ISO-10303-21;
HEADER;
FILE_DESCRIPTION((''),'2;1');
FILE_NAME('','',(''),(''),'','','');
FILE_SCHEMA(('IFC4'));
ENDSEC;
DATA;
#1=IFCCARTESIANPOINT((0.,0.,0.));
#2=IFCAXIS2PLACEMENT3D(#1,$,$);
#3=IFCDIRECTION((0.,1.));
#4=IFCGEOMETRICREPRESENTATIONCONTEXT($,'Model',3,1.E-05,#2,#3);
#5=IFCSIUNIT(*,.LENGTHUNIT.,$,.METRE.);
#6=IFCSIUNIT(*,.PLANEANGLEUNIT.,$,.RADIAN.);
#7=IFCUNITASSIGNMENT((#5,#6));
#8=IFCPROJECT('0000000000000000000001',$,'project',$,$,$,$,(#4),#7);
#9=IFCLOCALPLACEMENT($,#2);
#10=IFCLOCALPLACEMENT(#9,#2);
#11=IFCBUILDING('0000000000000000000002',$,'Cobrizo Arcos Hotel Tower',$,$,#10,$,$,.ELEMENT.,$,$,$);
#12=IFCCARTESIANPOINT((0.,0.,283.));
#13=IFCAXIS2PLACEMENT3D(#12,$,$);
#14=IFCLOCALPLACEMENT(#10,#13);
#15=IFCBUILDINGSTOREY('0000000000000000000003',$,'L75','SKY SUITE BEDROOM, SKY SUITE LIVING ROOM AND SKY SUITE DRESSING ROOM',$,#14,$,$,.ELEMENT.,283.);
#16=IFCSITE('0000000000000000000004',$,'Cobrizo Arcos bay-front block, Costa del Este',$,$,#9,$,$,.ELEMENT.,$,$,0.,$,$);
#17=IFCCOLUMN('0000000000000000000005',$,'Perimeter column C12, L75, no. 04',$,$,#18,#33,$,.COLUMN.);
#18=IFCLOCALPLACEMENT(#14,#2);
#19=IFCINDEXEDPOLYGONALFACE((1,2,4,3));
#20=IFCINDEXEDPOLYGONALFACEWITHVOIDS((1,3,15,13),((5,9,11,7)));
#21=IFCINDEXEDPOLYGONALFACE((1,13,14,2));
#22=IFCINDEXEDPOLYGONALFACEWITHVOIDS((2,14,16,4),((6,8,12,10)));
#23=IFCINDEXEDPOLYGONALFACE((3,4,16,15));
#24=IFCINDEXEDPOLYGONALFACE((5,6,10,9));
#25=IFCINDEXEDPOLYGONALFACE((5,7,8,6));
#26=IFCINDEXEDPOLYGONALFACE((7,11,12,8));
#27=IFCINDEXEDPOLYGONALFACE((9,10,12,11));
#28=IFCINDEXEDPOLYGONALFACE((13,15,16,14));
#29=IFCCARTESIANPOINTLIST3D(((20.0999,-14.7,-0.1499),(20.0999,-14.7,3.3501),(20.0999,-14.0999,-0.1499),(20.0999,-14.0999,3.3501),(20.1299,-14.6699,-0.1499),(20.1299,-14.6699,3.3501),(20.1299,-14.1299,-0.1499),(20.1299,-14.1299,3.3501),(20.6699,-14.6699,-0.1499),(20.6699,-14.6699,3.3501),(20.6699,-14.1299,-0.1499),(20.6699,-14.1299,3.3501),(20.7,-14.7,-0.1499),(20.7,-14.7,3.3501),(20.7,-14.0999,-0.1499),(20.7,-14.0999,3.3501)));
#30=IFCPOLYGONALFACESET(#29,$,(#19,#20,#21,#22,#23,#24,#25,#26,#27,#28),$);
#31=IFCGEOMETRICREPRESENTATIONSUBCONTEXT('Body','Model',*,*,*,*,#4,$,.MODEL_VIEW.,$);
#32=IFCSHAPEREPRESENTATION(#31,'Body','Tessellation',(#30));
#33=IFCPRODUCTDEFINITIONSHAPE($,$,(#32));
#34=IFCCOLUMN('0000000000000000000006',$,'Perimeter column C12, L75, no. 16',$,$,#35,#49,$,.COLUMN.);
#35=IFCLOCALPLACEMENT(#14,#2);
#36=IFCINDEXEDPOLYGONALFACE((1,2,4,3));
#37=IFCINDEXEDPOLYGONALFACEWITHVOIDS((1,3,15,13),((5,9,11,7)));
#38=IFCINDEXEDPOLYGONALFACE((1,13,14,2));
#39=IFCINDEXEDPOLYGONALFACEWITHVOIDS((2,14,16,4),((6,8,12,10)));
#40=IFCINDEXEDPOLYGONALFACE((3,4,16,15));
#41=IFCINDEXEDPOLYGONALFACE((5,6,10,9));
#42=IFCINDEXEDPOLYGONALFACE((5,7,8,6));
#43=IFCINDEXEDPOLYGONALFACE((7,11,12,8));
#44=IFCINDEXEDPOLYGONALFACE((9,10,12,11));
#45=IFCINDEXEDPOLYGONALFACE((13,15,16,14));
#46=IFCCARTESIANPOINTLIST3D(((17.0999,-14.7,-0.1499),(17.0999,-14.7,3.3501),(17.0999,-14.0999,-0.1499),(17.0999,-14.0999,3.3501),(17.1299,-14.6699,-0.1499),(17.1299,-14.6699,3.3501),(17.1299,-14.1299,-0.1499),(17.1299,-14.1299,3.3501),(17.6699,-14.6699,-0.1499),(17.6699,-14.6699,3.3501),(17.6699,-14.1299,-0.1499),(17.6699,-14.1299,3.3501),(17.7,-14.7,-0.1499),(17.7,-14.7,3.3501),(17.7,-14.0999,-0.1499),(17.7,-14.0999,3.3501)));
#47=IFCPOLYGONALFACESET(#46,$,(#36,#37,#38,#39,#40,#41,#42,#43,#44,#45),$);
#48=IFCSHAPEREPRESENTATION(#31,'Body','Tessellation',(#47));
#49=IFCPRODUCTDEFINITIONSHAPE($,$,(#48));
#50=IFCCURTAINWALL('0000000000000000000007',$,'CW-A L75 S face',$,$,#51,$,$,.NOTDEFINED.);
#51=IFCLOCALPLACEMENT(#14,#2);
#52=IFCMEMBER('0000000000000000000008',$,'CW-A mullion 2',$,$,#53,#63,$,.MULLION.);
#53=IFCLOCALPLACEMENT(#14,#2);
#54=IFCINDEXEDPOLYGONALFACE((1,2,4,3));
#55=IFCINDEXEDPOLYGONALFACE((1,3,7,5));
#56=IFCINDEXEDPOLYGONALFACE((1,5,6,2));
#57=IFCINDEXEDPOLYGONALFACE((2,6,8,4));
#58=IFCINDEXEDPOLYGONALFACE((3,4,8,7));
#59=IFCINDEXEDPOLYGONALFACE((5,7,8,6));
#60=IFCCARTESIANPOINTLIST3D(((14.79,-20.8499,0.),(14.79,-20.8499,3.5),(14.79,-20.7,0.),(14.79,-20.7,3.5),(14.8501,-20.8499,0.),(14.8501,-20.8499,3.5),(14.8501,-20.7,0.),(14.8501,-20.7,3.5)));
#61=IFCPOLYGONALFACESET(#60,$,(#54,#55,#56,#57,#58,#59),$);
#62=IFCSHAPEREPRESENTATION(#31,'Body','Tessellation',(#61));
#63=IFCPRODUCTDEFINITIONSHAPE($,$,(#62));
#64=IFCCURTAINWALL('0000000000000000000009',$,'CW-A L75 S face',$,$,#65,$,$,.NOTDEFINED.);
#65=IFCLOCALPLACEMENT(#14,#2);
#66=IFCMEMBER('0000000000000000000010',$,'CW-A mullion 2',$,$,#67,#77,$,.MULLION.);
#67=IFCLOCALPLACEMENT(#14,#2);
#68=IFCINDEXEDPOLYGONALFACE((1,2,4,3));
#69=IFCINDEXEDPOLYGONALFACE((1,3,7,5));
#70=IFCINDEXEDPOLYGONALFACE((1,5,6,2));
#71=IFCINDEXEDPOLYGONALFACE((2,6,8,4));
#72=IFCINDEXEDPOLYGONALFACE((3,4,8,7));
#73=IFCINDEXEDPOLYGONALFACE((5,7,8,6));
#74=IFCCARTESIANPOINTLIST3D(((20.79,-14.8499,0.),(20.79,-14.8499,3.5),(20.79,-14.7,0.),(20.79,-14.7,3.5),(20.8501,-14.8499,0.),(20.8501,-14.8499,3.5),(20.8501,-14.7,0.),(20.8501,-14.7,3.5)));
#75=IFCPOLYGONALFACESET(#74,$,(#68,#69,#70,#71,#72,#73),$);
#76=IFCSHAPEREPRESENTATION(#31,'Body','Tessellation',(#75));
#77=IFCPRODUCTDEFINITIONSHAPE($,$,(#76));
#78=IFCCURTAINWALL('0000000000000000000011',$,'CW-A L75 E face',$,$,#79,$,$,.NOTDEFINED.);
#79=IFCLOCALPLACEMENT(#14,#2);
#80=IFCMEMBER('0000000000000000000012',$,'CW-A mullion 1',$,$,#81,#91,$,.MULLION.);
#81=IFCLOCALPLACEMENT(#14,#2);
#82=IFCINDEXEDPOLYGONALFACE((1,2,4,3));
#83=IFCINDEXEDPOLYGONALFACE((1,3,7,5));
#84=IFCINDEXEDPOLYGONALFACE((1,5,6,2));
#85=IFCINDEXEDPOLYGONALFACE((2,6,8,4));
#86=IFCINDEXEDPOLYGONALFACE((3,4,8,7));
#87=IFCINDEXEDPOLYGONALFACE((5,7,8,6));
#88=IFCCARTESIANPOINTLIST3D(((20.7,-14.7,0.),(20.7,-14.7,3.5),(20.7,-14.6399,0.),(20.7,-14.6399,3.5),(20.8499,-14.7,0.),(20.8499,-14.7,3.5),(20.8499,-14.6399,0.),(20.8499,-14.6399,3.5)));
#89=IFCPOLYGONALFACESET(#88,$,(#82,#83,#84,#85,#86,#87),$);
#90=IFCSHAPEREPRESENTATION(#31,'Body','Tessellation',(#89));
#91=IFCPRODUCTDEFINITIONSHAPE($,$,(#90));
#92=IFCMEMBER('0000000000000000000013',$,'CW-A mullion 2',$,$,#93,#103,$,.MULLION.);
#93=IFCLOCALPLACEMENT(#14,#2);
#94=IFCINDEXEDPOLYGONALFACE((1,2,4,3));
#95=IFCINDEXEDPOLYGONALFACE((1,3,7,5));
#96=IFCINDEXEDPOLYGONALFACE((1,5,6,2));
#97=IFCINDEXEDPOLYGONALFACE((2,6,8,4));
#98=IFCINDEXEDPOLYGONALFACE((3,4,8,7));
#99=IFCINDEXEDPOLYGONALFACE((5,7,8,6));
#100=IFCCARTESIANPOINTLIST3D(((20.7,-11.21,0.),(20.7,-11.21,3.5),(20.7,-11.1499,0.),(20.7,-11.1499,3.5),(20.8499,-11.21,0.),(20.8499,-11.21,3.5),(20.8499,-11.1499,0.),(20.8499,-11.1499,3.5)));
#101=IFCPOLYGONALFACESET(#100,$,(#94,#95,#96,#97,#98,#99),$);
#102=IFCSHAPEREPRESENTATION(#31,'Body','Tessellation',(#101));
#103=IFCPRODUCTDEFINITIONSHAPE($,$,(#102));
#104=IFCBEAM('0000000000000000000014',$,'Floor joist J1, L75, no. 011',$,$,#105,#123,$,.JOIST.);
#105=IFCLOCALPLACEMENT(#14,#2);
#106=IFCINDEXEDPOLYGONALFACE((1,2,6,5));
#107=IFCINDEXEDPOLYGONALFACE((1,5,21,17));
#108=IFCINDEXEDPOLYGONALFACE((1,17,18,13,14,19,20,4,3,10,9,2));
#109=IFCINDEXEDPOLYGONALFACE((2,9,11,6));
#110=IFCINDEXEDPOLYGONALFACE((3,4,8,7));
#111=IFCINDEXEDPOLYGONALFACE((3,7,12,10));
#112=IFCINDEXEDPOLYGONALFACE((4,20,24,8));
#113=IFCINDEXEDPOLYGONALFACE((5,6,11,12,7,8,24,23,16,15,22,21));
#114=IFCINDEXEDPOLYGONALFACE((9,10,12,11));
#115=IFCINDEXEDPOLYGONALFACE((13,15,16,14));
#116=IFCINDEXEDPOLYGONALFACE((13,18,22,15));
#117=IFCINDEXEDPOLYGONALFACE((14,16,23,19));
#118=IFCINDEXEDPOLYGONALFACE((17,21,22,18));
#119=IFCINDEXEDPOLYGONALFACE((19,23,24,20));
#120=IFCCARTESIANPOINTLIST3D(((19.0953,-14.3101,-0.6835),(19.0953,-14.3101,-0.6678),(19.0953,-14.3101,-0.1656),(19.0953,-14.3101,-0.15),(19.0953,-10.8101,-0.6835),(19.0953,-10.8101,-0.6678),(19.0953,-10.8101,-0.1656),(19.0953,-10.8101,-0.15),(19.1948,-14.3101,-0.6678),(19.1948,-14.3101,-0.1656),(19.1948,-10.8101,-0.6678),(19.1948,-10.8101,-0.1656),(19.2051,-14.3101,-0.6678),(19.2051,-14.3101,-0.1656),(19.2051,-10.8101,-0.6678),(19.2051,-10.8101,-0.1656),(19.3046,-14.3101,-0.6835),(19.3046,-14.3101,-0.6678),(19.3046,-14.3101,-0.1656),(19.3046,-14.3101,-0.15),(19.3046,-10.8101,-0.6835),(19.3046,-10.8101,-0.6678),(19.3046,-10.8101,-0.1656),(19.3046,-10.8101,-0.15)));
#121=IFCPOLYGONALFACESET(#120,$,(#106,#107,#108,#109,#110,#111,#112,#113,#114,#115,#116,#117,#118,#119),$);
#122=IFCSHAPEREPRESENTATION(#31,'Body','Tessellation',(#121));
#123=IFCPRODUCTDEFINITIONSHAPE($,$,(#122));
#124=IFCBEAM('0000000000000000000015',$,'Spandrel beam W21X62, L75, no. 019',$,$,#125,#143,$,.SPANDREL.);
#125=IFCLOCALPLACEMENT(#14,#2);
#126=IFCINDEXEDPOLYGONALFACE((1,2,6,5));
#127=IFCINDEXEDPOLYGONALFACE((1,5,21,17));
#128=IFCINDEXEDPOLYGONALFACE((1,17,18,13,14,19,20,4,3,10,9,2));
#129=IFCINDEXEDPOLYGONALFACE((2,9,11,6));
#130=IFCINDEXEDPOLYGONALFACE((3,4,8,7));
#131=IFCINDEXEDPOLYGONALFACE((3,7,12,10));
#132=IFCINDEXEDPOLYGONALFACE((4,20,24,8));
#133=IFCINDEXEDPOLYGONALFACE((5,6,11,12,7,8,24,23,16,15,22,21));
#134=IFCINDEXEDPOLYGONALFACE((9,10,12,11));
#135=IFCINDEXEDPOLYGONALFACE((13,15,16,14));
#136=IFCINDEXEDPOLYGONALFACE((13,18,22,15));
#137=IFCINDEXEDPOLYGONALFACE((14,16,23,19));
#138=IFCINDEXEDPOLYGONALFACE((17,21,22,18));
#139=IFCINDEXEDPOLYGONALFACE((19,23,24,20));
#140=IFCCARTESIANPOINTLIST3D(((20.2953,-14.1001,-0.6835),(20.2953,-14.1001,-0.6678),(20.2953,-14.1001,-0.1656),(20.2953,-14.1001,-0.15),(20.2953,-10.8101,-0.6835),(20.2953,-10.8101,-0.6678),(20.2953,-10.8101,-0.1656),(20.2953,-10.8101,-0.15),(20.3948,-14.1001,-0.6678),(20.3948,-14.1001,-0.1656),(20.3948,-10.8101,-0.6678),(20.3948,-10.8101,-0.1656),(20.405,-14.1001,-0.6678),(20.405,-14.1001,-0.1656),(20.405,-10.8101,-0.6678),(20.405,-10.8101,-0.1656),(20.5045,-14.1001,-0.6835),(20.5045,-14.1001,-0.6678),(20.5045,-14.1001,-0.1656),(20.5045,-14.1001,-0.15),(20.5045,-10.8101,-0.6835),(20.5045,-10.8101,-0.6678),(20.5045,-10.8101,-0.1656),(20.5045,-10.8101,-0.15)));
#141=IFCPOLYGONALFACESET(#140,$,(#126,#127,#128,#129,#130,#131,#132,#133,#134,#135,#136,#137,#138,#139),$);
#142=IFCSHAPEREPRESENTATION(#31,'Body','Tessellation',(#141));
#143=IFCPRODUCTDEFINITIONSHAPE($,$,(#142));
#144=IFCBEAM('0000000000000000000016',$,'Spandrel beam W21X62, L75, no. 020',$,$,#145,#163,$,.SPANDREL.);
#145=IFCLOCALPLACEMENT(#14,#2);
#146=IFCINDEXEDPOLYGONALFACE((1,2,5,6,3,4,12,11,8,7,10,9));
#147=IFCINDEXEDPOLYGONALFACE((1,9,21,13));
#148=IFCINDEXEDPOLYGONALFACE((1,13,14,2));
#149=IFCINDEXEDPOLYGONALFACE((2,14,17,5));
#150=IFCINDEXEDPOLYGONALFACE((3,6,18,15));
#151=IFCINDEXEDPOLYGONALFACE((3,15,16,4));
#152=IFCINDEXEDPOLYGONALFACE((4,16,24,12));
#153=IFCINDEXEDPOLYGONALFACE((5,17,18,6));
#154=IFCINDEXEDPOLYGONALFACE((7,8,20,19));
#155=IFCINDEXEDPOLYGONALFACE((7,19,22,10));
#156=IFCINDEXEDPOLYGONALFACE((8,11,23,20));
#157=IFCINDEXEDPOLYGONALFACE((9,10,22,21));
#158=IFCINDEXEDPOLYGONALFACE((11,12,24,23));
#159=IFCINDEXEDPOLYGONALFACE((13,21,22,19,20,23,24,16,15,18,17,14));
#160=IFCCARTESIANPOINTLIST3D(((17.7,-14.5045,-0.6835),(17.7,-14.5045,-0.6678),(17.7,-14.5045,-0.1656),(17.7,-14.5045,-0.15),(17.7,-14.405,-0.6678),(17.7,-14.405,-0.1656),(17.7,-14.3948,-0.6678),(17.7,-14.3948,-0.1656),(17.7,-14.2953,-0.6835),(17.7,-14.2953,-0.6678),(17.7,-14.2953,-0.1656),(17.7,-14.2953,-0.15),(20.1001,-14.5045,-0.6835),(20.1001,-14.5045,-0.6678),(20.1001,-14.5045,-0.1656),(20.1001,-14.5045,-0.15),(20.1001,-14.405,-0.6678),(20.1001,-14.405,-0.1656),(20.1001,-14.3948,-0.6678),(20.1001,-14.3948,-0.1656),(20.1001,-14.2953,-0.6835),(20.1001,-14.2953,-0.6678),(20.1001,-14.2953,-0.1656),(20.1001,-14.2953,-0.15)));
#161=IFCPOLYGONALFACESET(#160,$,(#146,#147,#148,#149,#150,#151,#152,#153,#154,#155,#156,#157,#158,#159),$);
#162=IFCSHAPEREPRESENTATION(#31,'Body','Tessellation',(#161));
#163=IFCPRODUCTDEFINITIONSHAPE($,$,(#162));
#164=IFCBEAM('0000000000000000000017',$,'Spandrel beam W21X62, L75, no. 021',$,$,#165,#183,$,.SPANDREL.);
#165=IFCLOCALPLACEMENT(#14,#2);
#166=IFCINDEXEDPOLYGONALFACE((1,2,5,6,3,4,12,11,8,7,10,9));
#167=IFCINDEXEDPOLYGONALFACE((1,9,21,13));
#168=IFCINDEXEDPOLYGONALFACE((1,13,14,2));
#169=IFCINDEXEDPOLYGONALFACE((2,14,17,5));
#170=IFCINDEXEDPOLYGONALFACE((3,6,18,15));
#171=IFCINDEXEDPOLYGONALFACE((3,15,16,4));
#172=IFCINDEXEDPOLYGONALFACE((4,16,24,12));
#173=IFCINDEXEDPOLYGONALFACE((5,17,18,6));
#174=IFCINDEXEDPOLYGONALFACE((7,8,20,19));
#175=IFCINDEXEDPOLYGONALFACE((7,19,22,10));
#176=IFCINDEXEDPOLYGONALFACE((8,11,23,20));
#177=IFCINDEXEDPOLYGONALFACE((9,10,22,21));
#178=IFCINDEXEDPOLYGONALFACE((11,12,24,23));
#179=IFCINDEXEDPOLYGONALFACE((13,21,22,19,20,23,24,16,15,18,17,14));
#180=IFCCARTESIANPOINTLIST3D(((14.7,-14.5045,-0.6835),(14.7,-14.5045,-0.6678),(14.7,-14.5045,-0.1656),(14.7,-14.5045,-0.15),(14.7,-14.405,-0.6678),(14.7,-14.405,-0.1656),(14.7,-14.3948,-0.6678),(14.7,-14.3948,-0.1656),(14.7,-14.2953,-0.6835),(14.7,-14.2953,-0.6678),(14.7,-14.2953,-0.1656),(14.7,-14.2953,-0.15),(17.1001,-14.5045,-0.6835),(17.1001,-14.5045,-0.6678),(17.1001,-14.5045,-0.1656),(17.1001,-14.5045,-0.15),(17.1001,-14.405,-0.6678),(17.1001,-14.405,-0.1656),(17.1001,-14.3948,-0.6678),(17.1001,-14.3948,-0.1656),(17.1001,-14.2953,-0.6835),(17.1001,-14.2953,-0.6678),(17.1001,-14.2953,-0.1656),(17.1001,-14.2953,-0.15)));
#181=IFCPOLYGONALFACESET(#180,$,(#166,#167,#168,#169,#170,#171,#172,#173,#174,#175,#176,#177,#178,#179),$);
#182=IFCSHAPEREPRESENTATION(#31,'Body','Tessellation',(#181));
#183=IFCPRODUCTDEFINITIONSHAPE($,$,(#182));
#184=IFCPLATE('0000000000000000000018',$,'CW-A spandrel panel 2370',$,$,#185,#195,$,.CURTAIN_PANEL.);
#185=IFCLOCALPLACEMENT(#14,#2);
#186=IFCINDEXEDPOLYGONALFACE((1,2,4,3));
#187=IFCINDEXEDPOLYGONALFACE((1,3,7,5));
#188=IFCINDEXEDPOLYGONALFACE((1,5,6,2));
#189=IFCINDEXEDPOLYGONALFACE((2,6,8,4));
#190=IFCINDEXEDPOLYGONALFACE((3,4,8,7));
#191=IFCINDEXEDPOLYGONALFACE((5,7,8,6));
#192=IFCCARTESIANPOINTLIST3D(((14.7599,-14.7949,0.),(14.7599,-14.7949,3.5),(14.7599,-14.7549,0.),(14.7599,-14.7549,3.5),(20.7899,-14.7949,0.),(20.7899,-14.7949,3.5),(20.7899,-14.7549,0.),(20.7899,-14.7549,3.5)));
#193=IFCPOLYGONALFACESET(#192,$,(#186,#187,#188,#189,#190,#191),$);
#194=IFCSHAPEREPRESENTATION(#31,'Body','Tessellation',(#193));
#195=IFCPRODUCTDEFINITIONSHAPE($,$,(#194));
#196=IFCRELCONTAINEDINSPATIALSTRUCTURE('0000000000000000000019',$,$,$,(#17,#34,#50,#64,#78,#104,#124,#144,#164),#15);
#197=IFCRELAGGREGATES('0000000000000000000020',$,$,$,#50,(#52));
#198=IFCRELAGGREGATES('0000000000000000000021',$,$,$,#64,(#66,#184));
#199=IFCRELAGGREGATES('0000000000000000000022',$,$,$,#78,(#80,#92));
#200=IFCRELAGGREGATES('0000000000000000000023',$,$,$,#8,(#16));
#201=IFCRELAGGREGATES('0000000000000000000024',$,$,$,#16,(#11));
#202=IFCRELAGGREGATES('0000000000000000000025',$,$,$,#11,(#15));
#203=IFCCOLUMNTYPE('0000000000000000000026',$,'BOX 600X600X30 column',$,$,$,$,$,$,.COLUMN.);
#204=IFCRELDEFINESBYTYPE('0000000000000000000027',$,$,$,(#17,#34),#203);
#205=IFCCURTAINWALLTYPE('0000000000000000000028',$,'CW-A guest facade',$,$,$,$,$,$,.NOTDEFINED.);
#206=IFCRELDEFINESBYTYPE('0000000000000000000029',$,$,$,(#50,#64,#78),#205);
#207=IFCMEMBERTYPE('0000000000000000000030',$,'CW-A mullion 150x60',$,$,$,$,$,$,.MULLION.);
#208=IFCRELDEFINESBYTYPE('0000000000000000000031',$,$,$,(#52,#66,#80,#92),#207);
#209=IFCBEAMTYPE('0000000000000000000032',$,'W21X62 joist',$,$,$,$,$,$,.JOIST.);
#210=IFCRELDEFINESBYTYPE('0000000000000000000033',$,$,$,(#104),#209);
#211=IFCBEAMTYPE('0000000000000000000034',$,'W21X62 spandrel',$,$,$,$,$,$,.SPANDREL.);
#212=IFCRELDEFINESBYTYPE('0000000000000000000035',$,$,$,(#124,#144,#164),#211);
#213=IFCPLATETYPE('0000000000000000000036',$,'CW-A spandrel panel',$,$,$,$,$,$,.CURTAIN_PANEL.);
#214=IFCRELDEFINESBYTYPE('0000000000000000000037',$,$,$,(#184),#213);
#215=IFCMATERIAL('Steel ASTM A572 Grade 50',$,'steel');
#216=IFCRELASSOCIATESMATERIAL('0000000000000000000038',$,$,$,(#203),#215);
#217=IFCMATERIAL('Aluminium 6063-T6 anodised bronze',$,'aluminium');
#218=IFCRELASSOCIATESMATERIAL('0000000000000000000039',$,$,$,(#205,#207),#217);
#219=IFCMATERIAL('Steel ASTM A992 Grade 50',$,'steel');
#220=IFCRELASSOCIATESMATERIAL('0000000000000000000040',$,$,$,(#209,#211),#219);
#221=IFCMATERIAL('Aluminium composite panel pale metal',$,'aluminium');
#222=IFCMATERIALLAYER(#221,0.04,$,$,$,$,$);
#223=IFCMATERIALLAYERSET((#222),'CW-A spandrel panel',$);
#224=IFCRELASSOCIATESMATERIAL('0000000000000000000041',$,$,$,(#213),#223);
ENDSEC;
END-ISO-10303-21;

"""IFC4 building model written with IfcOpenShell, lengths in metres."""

from ifc_helpers import new_model, si_unit, direction, frame, origin, origin_2d, place, context, subcontext, project, spatial, rectangle, hollow_rectangle, i_section, extrude, material, layer, layer_set, material_profile, profile_set, type_object, element, aggregate, save


model = new_model("IFC4")

# Units and contexts
model_context = context("Model", 3, precision=1e-05, world=origin(), true_north=direction((0.0, 1.0)))
body_context = subcontext(model_context, "Body", "Model", "MODEL_VIEW")
ifc_project = project(units=[si_unit("LENGTHUNIT", "METRE"), si_unit("PLANEANGLEUNIT", "RADIAN")], contexts=[model_context])

# Site, building, storey
site_placement = place(None, origin())
site = spatial("IfcSite", under=ifc_project, at=site_placement, Name="Cobrizo Arcos bay-front block, Costa del Este", CompositionType="ELEMENT", RefElevation=0.0)
building_placement = place(site_placement, origin())
building = spatial("IfcBuilding", under=site, at=building_placement, Name="Cobrizo Arcos Hotel Tower", CompositionType="ELEMENT")
storey_placement = place(building_placement, frame((0.0, 0.0, 283.0)))
storey = spatial("IfcBuildingStorey", under=building, at=storey_placement, Name="L75", Description="SKY SUITE BEDROOM, SKY SUITE LIVING ROOM AND SKY SUITE DRESSING ROOM", CompositionType="ELEMENT", Elevation=283.0)

# Columns
ifc_material_1 = material(Name="Steel ASTM A572 Grade 50", Category="steel")
ifc_material_profile_1 = material_profile(ifc_material_1, hollow_rectangle(XDim=0.6001, YDim=0.6001, WallThickness=0.03, at=origin_2d()), Name="BOX 600X600X30")
ifc_profile_set_1 = profile_set([ifc_material_profile_1], Name="Steel ASTM A572 Grade 50")
column_type = type_object("IfcColumnType", Name="BOX 600X600X30 column", PredefinedType="COLUMN", material=ifc_profile_set_1)
for number, where, z_axis, x_axis, name in (
    (1, (20.3999, -14.3999, -0.1499), (0.0, 0.0, 1.0), (1.0, 0.0, 0.0), "Perimeter column C12, L75, no. 04"),
    (2, (17.3999, -14.3999, -0.1499), (0.0, 0.0, 1.0), (1.0, 0.0, 0.0), "Perimeter column C12, L75, no. 16"),
):
    element("IfcColumn", number, at=place(storey_placement, frame(where, z_axis=z_axis, x_axis=x_axis)), inside=storey, type_object=column_type, Name=name, PredefinedType="COLUMN", context=body_context, shape_type="SweptSolid", body=[
        extrude(hollow_rectangle(XDim=0.6001, YDim=0.6001, WallThickness=0.03, at=origin_2d()), origin(), (0.0, 0.0, 1.0), 3.5),
    ])

# Curtain walls, members
ifc_material_2 = material(Name="Aluminium 6063-T6 anodised bronze", Category="aluminium")
curtain_wall_type = type_object("IfcCurtainWallType", Name="CW-A guest facade", PredefinedType="NOTDEFINED", material=ifc_material_2)
curtain_wall_1_placement = place(storey_placement, origin())
curtain_wall_1 = element("IfcCurtainWall", 3, at=curtain_wall_1_placement, inside=storey, type_object=curtain_wall_type, Name="CW-A L75 S face", PredefinedType="NOTDEFINED")
ifc_material_profile_2 = material_profile(ifc_material_2, rectangle(XDim=0.1499, YDim=0.0601, at=origin_2d()), Name="CW-A mullion 150x60")
ifc_profile_set_2 = profile_set([ifc_material_profile_2], Name="Aluminium 6063-T6 anodised bronze")
member_type = type_object("IfcMemberType", Name="CW-A mullion 150x60", PredefinedType="MULLION", material=ifc_profile_set_2)
member_1_placement = place(storey_placement, frame((14.8201, -20.7749, 0.0), z_axis=(0.0, 0.0, 1.0), x_axis=(0.0, -1.0, 0.0)))
member_1 = element("IfcMember", 4, at=member_1_placement, type_object=member_type, Name="CW-A mullion 2", PredefinedType="MULLION", context=body_context, shape_type="SweptSolid", body=[
    extrude(rectangle(XDim=0.1499, YDim=0.0601, at=origin_2d()), origin(), (0.0, 0.0, 1.0), 3.5),
])
aggregate(curtain_wall_1, [member_1])
curtain_wall_2_placement = place(storey_placement, origin())
curtain_wall_2 = element("IfcCurtainWall", 5, at=curtain_wall_2_placement, inside=storey, type_object=curtain_wall_type, Name="CW-A L75 S face", PredefinedType="NOTDEFINED")
member_2_placement = place(storey_placement, frame((20.8201, -14.7749, 0.0), z_axis=(0.0, 0.0, 1.0), x_axis=(0.0, -1.0, 0.0)))
member_2 = element("IfcMember", 6, at=member_2_placement, type_object=member_type, Name="CW-A mullion 2", PredefinedType="MULLION", context=body_context, shape_type="SweptSolid", body=[
    extrude(rectangle(XDim=0.1499, YDim=0.0601, at=origin_2d()), origin(), (0.0, 0.0, 1.0), 3.5),
])

# Curtain wall, members
curtain_wall_3_placement = place(storey_placement, origin())
curtain_wall_3 = element("IfcCurtainWall", 7, at=curtain_wall_3_placement, inside=storey, type_object=curtain_wall_type, Name="CW-A L75 E face", PredefinedType="NOTDEFINED")
member_3_placement = place(storey_placement, frame((20.7749, -14.6699, 0.0), z_axis=(0.0, 0.0, 1.0), x_axis=(1.0, 0.0, 0.0)))
member_3 = element("IfcMember", 8, at=member_3_placement, type_object=member_type, Name="CW-A mullion 1", PredefinedType="MULLION", context=body_context, shape_type="SweptSolid", body=[
    extrude(rectangle(XDim=0.1499, YDim=0.0601, at=origin_2d()), origin(), (0.0, 0.0, 1.0), 3.5),
])
member_4_placement = place(storey_placement, frame((20.7749, -11.1799, 0.0), z_axis=(0.0, 0.0, 1.0), x_axis=(1.0, 0.0, 0.0)))
member_4 = element("IfcMember", 9, at=member_4_placement, type_object=member_type, Name="CW-A mullion 2", PredefinedType="MULLION", context=body_context, shape_type="SweptSolid", body=[
    extrude(rectangle(XDim=0.1499, YDim=0.0601, at=origin_2d()), origin(), (0.0, 0.0, 1.0), 3.5),
])

# Beams
ifc_material_3 = material(Name="Steel ASTM A992 Grade 50", Category="steel")
ifc_material_profile_3 = material_profile(ifc_material_3, i_section(OverallWidth=0.2092, OverallDepth=0.5334, WebThickness=0.0103, FlangeThickness=0.0156, at=origin_2d()), Name="W21X62")
ifc_profile_set_3 = profile_set([ifc_material_profile_3], Name="Steel ASTM A992 Grade 50")
beam_type_1 = type_object("IfcBeamType", Name="W21X62 joist", PredefinedType="JOIST", material=ifc_profile_set_3)
beam_1_placement = place(storey_placement, frame((19.2, -14.3101, -0.4167), z_axis=(0.0, 1.0, 0.0), x_axis=(-1.0, 0.0, 0.0)))
element("IfcBeam", 10, at=beam_1_placement, inside=storey, type_object=beam_type_1, Name="Floor joist J1, L75, no. 011", PredefinedType="JOIST", context=body_context, shape_type="SweptSolid", body=[
    extrude(i_section(OverallWidth=0.2092, OverallDepth=0.5334, WebThickness=0.0103, FlangeThickness=0.0156, at=origin_2d()), origin(), (0.0, 0.0, 1.0), 3.5),
])
ifc_material_profile_4 = material_profile(ifc_material_3, i_section(OverallWidth=0.2092, OverallDepth=0.5334, WebThickness=0.0103, FlangeThickness=0.0156, at=origin_2d()), Name="W21X62")
ifc_profile_set_4 = profile_set([ifc_material_profile_4], Name="Steel ASTM A992 Grade 50")
beam_type_2 = type_object("IfcBeamType", Name="W21X62 spandrel", PredefinedType="SPANDREL", material=ifc_profile_set_4)
beam_2_placement = place(storey_placement, frame((20.3999, -10.8101, -0.4167), z_axis=(0.0, -1.0, 0.0), x_axis=(1.0, 0.0, 0.0)))
element("IfcBeam", 11, at=beam_2_placement, inside=storey, type_object=beam_type_2, Name="Spandrel beam W21X62, L75, no. 019", PredefinedType="SPANDREL", context=body_context, shape_type="SweptSolid", body=[
    extrude(i_section(OverallWidth=0.2092, OverallDepth=0.5334, WebThickness=0.0103, FlangeThickness=0.0156, at=origin_2d()), origin(), (0.0, 0.0, 1.0), 3.29),
])
for number, where, z_axis, x_axis, name in (
    (12, (20.1001, -14.3999, -0.4167), (-1.0, 0.0, 0.0), (0.0, -1.0, 0.0), "Spandrel beam W21X62, L75, no. 020"),
    (13, (17.1001, -14.3999, -0.4167), (-1.0, 0.0, 0.0), (0.0, -1.0, 0.0), "Spandrel beam W21X62, L75, no. 021"),
):
    element("IfcBeam", number, at=place(storey_placement, frame(where, z_axis=z_axis, x_axis=x_axis)), inside=storey, type_object=beam_type_2, Name=name, PredefinedType="SPANDREL", context=body_context, shape_type="SweptSolid", body=[
        extrude(i_section(OverallWidth=0.2092, OverallDepth=0.5334, WebThickness=0.0103, FlangeThickness=0.0156, at=origin_2d()), origin(), (0.0, 0.0, 1.0), 2.4001),
    ])

# Plate
ifc_material_4 = material(Name="Aluminium composite panel pale metal", Category="aluminium")
ifc_layer_1 = layer(ifc_material_4, 0.04)
ifc_layer_set_1 = layer_set([ifc_layer_1], Name="CW-A spandrel panel")
plate_type = type_object("IfcPlateType", Name="CW-A spandrel panel", PredefinedType="CURTAIN_PANEL", material=ifc_layer_set_1)
plate_1_placement = place(storey_placement, frame((17.7749, -14.7749, 0.0), z_axis=(0.0, 0.0, 1.0), x_axis=(1.0, 0.0, 0.0)))
plate_1 = element("IfcPlate", 14, at=plate_1_placement, type_object=plate_type, Name="CW-A spandrel panel 2370", PredefinedType="CURTAIN_PANEL", context=body_context, shape_type="SweptSolid", body=[
    extrude(rectangle(XDim=6.03, YDim=0.04, at=origin_2d()), origin(), (0.0, 0.0, 1.0), 3.5),
])
aggregate(curtain_wall_2, [member_2, plate_1])
aggregate(curtain_wall_3, [member_3, member_4])

save(model, "model.ifc")
